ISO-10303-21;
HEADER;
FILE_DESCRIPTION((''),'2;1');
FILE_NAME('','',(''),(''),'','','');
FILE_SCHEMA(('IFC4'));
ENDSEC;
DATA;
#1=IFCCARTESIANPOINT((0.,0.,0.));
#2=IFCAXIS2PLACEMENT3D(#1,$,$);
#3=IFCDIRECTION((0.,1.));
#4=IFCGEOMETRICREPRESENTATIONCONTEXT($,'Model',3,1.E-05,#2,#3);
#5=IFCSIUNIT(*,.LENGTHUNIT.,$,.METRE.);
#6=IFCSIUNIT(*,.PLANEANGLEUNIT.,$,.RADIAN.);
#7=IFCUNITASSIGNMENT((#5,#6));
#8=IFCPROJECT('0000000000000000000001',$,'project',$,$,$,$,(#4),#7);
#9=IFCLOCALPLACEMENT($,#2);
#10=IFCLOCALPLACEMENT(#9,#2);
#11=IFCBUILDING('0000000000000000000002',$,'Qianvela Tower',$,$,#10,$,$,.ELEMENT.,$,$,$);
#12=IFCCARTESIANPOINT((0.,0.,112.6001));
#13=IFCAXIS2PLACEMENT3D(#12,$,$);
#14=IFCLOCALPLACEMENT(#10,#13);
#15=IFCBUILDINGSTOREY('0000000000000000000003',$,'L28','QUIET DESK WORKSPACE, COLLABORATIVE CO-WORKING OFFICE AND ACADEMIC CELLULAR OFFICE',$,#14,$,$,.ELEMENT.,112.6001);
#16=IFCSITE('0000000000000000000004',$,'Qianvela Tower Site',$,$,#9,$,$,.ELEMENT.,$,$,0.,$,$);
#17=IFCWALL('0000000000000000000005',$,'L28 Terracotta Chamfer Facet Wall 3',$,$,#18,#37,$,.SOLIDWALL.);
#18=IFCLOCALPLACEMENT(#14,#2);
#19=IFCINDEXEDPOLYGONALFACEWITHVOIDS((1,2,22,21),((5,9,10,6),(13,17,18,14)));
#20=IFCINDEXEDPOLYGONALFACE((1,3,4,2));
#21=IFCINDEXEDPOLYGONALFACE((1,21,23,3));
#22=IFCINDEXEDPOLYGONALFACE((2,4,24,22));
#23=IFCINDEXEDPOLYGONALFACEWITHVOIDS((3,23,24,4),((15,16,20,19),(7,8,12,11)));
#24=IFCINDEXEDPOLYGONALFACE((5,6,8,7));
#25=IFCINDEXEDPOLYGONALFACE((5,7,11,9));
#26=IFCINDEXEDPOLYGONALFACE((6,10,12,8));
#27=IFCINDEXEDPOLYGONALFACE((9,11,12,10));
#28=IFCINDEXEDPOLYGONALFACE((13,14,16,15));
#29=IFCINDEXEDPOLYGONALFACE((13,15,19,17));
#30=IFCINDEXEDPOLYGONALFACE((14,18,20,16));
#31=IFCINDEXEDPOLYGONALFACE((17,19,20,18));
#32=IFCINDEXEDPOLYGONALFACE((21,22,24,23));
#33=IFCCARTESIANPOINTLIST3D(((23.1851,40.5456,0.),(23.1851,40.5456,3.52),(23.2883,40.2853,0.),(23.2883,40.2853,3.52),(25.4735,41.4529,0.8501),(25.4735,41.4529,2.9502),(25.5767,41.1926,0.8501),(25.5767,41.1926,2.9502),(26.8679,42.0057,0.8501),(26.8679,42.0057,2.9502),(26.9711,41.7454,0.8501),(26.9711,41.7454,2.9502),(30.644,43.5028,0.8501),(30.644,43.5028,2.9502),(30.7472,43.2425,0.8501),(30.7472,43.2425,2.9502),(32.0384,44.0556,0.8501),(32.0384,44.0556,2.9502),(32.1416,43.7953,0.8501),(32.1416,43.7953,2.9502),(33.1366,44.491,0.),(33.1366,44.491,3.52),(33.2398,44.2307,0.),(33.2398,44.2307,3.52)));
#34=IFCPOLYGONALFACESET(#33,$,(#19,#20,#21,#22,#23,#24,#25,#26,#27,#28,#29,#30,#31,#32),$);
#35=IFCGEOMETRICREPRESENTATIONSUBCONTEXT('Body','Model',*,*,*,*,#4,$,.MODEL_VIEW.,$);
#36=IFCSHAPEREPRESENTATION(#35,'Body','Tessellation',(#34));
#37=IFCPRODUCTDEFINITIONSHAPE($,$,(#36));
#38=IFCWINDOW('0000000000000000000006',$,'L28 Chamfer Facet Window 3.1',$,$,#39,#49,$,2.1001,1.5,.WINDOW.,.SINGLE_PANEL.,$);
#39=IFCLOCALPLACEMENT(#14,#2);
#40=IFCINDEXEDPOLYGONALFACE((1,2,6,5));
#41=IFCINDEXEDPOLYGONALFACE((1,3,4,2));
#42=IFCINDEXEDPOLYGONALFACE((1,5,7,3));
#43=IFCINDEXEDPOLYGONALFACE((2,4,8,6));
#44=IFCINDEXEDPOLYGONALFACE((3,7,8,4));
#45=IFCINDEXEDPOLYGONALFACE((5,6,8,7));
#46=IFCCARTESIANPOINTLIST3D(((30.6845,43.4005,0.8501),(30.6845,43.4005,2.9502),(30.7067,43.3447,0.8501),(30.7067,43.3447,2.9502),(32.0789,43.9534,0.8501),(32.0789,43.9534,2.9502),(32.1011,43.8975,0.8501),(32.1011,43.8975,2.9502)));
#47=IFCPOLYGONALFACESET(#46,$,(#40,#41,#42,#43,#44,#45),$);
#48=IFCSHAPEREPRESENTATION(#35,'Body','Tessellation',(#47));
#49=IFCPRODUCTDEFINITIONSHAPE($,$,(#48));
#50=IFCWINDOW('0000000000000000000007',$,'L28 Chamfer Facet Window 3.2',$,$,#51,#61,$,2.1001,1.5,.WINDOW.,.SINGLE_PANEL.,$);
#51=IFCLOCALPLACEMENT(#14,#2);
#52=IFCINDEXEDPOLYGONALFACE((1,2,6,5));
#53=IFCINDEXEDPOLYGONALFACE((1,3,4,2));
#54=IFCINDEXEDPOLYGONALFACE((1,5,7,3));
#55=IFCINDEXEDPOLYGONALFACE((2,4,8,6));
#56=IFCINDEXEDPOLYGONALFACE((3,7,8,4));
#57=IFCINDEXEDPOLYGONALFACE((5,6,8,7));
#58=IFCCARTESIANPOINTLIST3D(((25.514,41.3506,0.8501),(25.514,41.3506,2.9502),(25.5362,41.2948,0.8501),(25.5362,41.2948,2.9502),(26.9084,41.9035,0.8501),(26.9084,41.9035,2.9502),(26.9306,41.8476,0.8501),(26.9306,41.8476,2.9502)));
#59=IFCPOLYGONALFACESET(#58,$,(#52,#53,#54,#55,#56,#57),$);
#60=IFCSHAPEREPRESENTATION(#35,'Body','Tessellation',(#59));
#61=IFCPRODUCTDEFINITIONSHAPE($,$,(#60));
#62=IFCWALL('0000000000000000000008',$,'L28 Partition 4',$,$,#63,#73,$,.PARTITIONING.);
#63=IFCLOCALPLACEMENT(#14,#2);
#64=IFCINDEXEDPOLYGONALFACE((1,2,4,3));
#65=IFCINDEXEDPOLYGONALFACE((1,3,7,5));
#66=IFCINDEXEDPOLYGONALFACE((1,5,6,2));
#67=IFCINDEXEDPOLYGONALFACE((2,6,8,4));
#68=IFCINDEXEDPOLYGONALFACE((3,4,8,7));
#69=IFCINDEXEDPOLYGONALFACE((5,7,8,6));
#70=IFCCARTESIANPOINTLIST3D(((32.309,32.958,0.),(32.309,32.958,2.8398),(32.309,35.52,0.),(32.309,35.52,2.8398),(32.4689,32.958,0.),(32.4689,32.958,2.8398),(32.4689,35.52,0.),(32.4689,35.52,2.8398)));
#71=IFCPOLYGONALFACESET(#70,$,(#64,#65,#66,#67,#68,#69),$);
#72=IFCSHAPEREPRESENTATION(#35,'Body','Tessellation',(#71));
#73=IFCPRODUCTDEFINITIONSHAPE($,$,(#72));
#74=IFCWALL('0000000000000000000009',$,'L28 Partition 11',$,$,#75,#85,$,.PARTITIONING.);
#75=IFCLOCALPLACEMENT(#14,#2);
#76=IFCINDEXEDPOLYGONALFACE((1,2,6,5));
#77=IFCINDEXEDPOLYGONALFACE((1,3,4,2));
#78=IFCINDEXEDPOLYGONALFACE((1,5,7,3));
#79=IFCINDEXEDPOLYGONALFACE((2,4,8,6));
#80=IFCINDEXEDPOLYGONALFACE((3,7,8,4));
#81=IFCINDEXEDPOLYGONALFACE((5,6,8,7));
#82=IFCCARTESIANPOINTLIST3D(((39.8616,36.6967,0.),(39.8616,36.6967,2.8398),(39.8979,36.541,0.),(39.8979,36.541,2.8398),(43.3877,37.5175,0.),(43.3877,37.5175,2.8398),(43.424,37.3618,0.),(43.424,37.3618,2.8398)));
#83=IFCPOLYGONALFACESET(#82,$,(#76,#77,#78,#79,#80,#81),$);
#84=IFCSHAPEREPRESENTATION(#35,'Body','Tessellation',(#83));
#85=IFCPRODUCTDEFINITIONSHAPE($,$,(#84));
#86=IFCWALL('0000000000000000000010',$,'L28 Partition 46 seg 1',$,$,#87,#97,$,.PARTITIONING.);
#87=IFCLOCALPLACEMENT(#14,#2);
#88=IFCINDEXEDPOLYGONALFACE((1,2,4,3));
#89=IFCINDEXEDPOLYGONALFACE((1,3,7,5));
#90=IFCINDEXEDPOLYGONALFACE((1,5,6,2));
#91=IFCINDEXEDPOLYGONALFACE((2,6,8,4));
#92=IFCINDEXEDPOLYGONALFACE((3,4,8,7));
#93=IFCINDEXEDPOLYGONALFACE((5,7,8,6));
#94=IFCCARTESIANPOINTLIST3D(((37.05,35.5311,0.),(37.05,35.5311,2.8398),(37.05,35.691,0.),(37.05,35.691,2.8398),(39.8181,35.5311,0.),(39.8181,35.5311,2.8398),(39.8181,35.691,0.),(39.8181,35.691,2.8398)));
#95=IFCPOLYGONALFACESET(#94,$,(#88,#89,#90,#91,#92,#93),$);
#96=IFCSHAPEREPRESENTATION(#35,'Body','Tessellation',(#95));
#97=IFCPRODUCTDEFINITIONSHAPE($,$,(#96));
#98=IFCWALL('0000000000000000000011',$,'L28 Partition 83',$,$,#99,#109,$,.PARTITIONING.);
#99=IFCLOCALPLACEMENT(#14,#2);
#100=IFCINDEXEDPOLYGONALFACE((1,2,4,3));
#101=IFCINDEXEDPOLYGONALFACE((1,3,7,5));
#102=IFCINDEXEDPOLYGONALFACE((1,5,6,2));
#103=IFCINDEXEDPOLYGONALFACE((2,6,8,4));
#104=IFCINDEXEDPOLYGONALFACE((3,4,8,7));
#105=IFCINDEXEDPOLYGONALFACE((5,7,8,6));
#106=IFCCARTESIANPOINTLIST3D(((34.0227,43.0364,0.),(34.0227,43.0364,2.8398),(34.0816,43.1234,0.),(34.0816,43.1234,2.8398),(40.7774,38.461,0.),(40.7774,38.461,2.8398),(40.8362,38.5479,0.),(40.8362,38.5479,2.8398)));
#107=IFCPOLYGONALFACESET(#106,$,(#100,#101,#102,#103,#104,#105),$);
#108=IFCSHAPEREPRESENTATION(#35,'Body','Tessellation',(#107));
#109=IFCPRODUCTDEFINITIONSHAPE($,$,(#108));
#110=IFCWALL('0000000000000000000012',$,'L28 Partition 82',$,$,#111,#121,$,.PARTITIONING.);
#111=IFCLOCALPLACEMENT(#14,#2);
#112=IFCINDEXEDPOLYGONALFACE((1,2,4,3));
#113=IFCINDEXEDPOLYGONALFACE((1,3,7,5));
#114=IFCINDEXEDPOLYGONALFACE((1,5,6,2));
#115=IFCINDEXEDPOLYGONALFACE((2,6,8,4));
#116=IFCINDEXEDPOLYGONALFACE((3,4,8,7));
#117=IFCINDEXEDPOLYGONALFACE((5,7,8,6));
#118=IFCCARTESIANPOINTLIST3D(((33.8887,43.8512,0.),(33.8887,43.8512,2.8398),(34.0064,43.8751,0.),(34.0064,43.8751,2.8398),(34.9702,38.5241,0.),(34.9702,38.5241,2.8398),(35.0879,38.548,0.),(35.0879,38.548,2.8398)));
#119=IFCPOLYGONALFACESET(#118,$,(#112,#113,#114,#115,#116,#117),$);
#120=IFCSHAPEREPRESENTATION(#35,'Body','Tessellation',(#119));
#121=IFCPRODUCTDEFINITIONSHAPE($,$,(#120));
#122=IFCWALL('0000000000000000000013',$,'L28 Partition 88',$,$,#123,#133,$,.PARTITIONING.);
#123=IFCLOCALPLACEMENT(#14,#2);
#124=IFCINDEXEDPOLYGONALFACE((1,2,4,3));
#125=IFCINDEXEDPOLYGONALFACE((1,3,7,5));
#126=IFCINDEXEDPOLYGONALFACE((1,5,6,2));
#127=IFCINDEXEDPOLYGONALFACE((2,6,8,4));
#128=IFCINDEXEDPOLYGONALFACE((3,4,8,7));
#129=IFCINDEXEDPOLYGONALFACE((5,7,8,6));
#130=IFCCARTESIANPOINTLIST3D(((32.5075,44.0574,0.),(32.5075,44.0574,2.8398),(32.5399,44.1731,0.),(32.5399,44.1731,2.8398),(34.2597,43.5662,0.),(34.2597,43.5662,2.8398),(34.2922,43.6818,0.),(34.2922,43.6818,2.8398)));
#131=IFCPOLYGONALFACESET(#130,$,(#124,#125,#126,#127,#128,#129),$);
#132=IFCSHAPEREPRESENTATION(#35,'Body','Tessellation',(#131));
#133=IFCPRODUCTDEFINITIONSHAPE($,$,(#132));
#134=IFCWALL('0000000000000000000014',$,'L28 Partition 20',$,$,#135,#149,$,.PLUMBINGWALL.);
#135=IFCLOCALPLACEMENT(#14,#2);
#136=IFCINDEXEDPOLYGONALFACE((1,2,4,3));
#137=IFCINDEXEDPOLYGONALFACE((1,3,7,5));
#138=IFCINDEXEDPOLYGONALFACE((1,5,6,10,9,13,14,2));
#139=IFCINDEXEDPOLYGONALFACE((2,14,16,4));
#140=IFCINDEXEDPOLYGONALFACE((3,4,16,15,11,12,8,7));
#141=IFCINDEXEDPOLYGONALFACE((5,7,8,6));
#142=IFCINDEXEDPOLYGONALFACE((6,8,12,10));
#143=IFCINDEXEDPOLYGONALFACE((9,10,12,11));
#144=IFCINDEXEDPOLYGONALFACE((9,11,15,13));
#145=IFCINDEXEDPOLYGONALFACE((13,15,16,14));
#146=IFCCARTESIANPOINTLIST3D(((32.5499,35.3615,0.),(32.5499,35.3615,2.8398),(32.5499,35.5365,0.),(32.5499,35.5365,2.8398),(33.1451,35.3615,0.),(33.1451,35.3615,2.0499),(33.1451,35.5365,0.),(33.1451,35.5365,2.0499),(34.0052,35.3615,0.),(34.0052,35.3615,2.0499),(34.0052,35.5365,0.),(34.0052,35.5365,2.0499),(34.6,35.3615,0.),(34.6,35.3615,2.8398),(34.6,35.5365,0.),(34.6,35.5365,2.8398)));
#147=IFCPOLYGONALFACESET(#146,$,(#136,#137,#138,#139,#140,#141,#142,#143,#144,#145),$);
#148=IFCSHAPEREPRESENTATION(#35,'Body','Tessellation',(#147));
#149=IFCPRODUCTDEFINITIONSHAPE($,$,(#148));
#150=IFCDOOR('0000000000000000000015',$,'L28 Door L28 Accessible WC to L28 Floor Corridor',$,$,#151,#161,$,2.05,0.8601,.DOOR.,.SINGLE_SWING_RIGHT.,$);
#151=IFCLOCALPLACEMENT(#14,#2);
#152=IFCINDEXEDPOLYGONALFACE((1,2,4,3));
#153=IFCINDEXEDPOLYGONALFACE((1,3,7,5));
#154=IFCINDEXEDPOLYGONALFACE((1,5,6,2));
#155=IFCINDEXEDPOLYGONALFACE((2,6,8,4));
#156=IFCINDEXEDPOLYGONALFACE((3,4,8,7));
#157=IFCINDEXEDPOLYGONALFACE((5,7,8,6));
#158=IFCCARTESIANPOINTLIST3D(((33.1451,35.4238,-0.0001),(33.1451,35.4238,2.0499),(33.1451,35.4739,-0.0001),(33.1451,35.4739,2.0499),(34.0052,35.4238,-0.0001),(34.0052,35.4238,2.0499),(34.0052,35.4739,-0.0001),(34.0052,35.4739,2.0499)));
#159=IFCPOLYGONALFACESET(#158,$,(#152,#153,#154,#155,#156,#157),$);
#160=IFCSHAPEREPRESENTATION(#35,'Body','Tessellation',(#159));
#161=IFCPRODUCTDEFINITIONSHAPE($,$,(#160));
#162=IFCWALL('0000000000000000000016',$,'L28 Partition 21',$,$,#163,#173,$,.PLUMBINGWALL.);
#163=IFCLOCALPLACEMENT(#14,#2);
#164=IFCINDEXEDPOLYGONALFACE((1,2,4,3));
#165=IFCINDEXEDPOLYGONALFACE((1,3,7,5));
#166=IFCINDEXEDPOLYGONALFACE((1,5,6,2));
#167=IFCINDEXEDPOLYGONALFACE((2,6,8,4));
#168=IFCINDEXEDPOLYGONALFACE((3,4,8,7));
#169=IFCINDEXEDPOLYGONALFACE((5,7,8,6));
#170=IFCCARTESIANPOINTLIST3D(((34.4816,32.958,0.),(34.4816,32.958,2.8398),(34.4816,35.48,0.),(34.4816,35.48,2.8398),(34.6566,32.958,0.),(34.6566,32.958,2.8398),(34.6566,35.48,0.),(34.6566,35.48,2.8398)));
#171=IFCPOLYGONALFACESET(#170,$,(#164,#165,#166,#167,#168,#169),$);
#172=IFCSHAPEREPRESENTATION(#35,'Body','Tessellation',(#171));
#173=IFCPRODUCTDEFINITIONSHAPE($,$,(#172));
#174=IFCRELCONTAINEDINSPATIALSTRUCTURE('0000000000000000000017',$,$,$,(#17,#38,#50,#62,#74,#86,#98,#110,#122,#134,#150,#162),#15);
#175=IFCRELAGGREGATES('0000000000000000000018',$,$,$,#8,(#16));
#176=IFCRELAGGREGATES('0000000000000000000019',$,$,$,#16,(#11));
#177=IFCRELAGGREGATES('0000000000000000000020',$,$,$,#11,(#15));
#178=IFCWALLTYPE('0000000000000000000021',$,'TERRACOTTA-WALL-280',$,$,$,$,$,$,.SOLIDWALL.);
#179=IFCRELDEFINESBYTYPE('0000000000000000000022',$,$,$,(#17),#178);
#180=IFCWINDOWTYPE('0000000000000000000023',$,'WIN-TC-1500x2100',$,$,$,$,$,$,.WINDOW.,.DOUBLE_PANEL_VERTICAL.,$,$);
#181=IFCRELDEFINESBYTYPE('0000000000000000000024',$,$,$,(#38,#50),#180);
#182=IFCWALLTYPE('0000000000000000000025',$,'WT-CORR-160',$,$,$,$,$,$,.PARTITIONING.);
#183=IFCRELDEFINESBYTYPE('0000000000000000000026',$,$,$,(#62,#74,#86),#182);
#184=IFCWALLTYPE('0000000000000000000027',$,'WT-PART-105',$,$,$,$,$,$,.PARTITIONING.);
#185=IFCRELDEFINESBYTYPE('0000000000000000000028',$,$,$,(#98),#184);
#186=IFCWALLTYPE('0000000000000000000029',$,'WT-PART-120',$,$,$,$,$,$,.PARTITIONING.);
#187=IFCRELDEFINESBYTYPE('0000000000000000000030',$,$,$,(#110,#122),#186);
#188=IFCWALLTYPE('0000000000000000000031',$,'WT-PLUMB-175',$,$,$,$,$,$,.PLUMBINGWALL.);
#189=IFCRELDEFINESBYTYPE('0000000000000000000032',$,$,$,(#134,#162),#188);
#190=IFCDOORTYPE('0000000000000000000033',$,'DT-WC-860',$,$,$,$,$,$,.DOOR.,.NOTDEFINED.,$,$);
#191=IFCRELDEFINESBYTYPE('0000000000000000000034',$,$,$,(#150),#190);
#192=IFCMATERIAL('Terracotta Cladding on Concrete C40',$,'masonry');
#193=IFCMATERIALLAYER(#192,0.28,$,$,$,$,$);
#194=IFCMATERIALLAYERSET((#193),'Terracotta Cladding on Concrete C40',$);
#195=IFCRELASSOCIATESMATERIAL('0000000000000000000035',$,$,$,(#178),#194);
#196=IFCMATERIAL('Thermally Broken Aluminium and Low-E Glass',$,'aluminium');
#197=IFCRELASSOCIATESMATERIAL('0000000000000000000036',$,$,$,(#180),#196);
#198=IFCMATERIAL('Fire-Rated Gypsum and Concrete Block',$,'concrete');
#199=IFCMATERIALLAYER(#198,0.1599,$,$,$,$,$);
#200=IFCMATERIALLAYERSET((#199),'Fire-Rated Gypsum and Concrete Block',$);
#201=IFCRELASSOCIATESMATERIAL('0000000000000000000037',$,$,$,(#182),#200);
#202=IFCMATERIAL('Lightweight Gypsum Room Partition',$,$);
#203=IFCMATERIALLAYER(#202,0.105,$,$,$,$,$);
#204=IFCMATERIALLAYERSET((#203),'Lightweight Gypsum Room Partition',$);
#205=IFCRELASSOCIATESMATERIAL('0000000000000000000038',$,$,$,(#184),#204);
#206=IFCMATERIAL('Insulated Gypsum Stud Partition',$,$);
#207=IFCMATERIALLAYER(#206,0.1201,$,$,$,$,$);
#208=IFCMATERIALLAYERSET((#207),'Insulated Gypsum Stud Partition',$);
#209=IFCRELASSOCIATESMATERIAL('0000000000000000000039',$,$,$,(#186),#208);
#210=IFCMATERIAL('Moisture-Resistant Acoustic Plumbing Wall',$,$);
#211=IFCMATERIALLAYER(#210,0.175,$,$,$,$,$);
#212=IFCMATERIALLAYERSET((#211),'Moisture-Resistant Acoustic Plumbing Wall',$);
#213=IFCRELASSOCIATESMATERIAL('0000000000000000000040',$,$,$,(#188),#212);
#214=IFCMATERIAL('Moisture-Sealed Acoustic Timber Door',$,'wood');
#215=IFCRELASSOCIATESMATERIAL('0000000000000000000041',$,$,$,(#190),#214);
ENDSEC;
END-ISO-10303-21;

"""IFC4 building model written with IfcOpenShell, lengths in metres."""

from ifc_helpers import new_model, si_unit, direction, frame, frame_2d, origin, place, context, subcontext, project, spatial, rectangle, extrude, material, layer, layer_set, type_object, element, fill, save


model = new_model("IFC4")

# Units and contexts
model_context = context("Model", 3, precision=1e-05, world=origin(), true_north=direction((0.0, 1.0)))
body_context = subcontext(model_context, "Body", "Model", "MODEL_VIEW")
ifc_project = project(units=[si_unit("LENGTHUNIT", "METRE"), si_unit("PLANEANGLEUNIT", "RADIAN")], contexts=[model_context])

# Site, building, storey
site_placement = place(None, origin())
site = spatial("IfcSite", under=ifc_project, at=site_placement, Name="Qianvela Tower Site", CompositionType="ELEMENT", RefElevation=0.0)
building_placement = place(site_placement, origin())
building = spatial("IfcBuilding", under=site, at=building_placement, Name="Qianvela Tower", CompositionType="ELEMENT")
storey_placement = place(building_placement, frame((0.0, 0.0, 112.6001)))
storey = spatial("IfcBuildingStorey", under=building, at=storey_placement, Name="L28", Description="QUIET DESK WORKSPACE, COLLABORATIVE CO-WORKING OFFICE AND ACADEMIC CELLULAR OFFICE", CompositionType="ELEMENT", Elevation=112.6001)

# Wall, openings, windows
ifc_material_1 = material(Name="Terracotta Cladding on Concrete C40", Category="masonry")
ifc_layer_1 = layer(ifc_material_1, 0.28)
ifc_layer_set_1 = layer_set([ifc_layer_1], Name="Terracotta Cladding on Concrete C40")
wall_type_1 = type_object("IfcWallType", Name="TERRACOTTA-WALL-280", PredefinedType="SOLIDWALL", material=ifc_layer_set_1)
wall_1_placement = place(storey_placement, frame((33.1882, 44.3608, 0.0), z_axis=(0.0, 0.0, 1.0), x_axis=(-0.929608, -0.36855, 0.0)))
wall_1 = element("IfcWall", 1, at=wall_1_placement, inside=storey, type_object=wall_type_1, Name="L28 Terracotta Chamfer Facet Wall 3", PredefinedType="SOLIDWALL", context=body_context, shape_type="SweptSolid", body=[
    extrude(rectangle(XDim=10.7051, YDim=0.28, at=frame_2d((5.3525, 0.0))), origin(), (0.0, 0.0, 1.0), 3.52),
])
opening_1_placement = place(wall_1_placement, frame((1.1814, 0.0, 0.8501)))
opening_1 = element("IfcOpeningElement", 2, at=opening_1_placement, cuts=wall_1, PredefinedType="OPENING", context=body_context, shape_type="SweptSolid", body=[
    extrude(rectangle(XDim=1.5, YDim=2.1001, at=frame_2d((0.75, 1.05))), frame((0.0, 0.1499, 0.0), z_axis=(0.0, -1.0, 0.0), x_axis=(1.0, 0.0, 0.0)), (0.0, 0.0, 1.0), 0.3),
])
opening_2_placement = place(wall_1_placement, frame((6.7434, 0.0, 0.8501)))
opening_2 = element("IfcOpeningElement", 3, at=opening_2_placement, cuts=wall_1, PredefinedType="OPENING", context=body_context, shape_type="SweptSolid", body=[
    extrude(rectangle(XDim=1.5, YDim=2.1001, at=frame_2d((0.75, 1.05))), frame((0.0, 0.1499, 0.0), z_axis=(0.0, -1.0, 0.0), x_axis=(1.0, 0.0, 0.0)), (0.0, 0.0, 1.0), 0.3),
])
ifc_material_2 = material(Name="Thermally Broken Aluminium and Low-E Glass", Category="aluminium")
window_type = type_object("IfcWindowType", Name="WIN-TC-1500x2100", PartitioningType="DOUBLE_PANEL_VERTICAL", PredefinedType="WINDOW", material=ifc_material_2)
window_1_placement = place(opening_1_placement, origin())
window_1 = element("IfcWindow", 4, at=window_1_placement, inside=storey, type_object=window_type, Name="L28 Chamfer Facet Window 3.1", OverallHeight=2.1001, OverallWidth=1.5, PartitioningType="SINGLE_PANEL", PredefinedType="WINDOW", context=body_context, shape_type="SweptSolid", body=[
    extrude(rectangle(XDim=1.5, YDim=2.1001, at=frame_2d((0.75, 1.05))), frame((0.0, 0.03, 0.0), z_axis=(0.0, -1.0, 0.0), x_axis=(1.0, 0.0, 0.0)), (0.0, 0.0, 1.0), 0.0601),
])
fill(opening_1, window_1)
window_2_placement = place(opening_2_placement, origin())
window_2 = element("IfcWindow", 5, at=window_2_placement, inside=storey, type_object=window_type, Name="L28 Chamfer Facet Window 3.2", OverallHeight=2.1001, OverallWidth=1.5, PartitioningType="SINGLE_PANEL", PredefinedType="WINDOW", context=body_context, shape_type="SweptSolid", body=[
    extrude(rectangle(XDim=1.5, YDim=2.1001, at=frame_2d((0.75, 1.05))), frame((0.0, 0.03, 0.0), z_axis=(0.0, -1.0, 0.0), x_axis=(1.0, 0.0, 0.0)), (0.0, 0.0, 1.0), 0.0601),
])
fill(opening_2, window_2)

# Walls
ifc_material_3 = material(Name="Fire-Rated Gypsum and Concrete Block", Category="concrete")
ifc_layer_2 = layer(ifc_material_3, 0.1599)
ifc_layer_set_2 = layer_set([ifc_layer_2], Name="Fire-Rated Gypsum and Concrete Block")
wall_type_2 = type_object("IfcWallType", Name="WT-CORR-160", PredefinedType="PARTITIONING", material=ifc_layer_set_2)
wall_2_placement = place(storey_placement, frame((32.3889, 35.52, 0.0), z_axis=(0.0, 0.0, 1.0), x_axis=(0.0, -1.0, 0.0)))
element("IfcWall", 6, at=wall_2_placement, inside=storey, type_object=wall_type_2, Name="L28 Partition 4", PredefinedType="PARTITIONING", context=body_context, shape_type="SweptSolid", body=[
    extrude(rectangle(XDim=2.562, YDim=0.1599, at=frame_2d((1.281, 0.0))), origin(), (0.0, 0.0, 1.0), 2.8398),
])
wall_3_placement = place(storey_placement, frame((39.8799, 36.6189, 0.0), z_axis=(0.0, 0.0, 1.0), x_axis=(0.973961, 0.226716, 0.0)))
element("IfcWall", 7, at=wall_3_placement, inside=storey, type_object=wall_type_2, Name="L28 Partition 11", PredefinedType="PARTITIONING", context=body_context, shape_type="SweptSolid", body=[
    extrude(rectangle(XDim=3.6204, YDim=0.1599, at=frame_2d((1.8101, 0.0))), origin(), (0.0, 0.0, 1.0), 2.8398),
])
wall_4_placement = place(storey_placement, frame((39.8181, 35.6111, 0.0), z_axis=(0.0, 0.0, 1.0), x_axis=(-1.0, 0.0, 0.0)))
element("IfcWall", 8, at=wall_4_placement, inside=storey, type_object=wall_type_2, Name="L28 Partition 46 seg 1", PredefinedType="PARTITIONING", context=body_context, shape_type="SweptSolid", body=[
    extrude(rectangle(XDim=2.7681, YDim=0.1599, at=frame_2d((1.384, 0.0))), origin(), (0.0, 0.0, 1.0), 2.8398),
])
ifc_material_4 = material(Name="Lightweight Gypsum Room Partition")
ifc_layer_3 = layer(ifc_material_4, 0.105)
ifc_layer_set_3 = layer_set([ifc_layer_3], Name="Lightweight Gypsum Room Partition")
wall_type_3 = type_object("IfcWallType", Name="WT-PART-105", PredefinedType="PARTITIONING", material=ifc_layer_set_3)
wall_5_placement = place(storey_placement, frame((34.0522, 43.0798, 0.0), z_axis=(0.0, 0.0, 1.0), x_axis=(0.827935, -0.560824, 0.0)))
element("IfcWall", 9, at=wall_5_placement, inside=storey, type_object=wall_type_3, Name="L28 Partition 83", PredefinedType="PARTITIONING", context=body_context, shape_type="SweptSolid", body=[
    extrude(rectangle(XDim=8.1584, YDim=0.105, at=frame_2d((4.0791, 0.0))), origin(), (0.0, 0.0, 1.0), 2.8398),
])
ifc_material_5 = material(Name="Insulated Gypsum Stud Partition")
ifc_layer_4 = layer(ifc_material_5, 0.1201)
ifc_layer_set_4 = layer_set([ifc_layer_4], Name="Insulated Gypsum Stud Partition")
wall_type_4 = type_object("IfcWallType", Name="WT-PART-120", PredefinedType="PARTITIONING", material=ifc_layer_set_4)
wall_6_placement = place(storey_placement, frame((35.0291, 38.5361, 0.0), z_axis=(0.0, 0.0, 1.0), x_axis=(-0.198966, 0.980006, 0.0)))
element("IfcWall", 10, at=wall_6_placement, inside=storey, type_object=wall_type_4, Name="L28 Partition 82", PredefinedType="PARTITIONING", context=body_context, shape_type="SweptSolid", body=[
    extrude(rectangle(XDim=5.4358, YDim=0.1201, at=frame_2d((2.7178, 0.0))), origin(), (0.0, 0.0, 1.0), 2.8398),
])
wall_7_placement = place(storey_placement, frame((32.5237, 44.1152, 0.0), z_axis=(0.0, 0.0, 1.0), x_axis=(0.962879, -0.269933, 0.0)))
element("IfcWall", 11, at=wall_7_placement, inside=storey, type_object=wall_type_4, Name="L28 Partition 88", PredefinedType="PARTITIONING", context=body_context, shape_type="SweptSolid", body=[
    extrude(rectangle(XDim=1.8198, YDim=0.1201, at=frame_2d((0.9099, 0.0))), origin(), (0.0, 0.0, 1.0), 2.8398),
])

# Wall, opening, door
ifc_material_6 = material(Name="Moisture-Resistant Acoustic Plumbing Wall")
ifc_layer_5 = layer(ifc_material_6, 0.175)
ifc_layer_set_5 = layer_set([ifc_layer_5], Name="Moisture-Resistant Acoustic Plumbing Wall")
wall_type_5 = type_object("IfcWallType", Name="WT-PLUMB-175", PredefinedType="PLUMBINGWALL", material=ifc_layer_set_5)
wall_8_placement = place(storey_placement, frame((32.55, 35.449, 0.0), z_axis=(0.0, 0.0, 1.0), x_axis=(1.0, 0.0, 0.0)))
wall_8 = element("IfcWall", 12, at=wall_8_placement, inside=storey, type_object=wall_type_5, Name="L28 Partition 20", PredefinedType="PLUMBINGWALL", context=body_context, shape_type="SweptSolid", body=[
    extrude(rectangle(XDim=2.05, YDim=0.175, at=frame_2d((1.0249, 0.0))), origin(), (0.0, 0.0, 1.0), 2.8398),
])
opening_3_placement = place(wall_8_placement, frame((0.595, 0.0, 0.0)))
opening_3 = element("IfcOpeningElement", 13, at=opening_3_placement, cuts=wall_8, PredefinedType="OPENING", context=body_context, shape_type="SweptSolid", body=[
    extrude(rectangle(XDim=0.8601, YDim=2.05, at=frame_2d((0.4302, 1.0249))), frame((0.0, 0.0974, 0.0), z_axis=(0.0, -1.0, 0.0), x_axis=(1.0, 0.0, 0.0)), (0.0, 0.0, 1.0), 0.1951),
])
ifc_material_7 = material(Name="Moisture-Sealed Acoustic Timber Door", Category="wood")
door_type_1 = type_object("IfcDoorType", Name="DT-WC-860", OperationType="NOTDEFINED", PredefinedType="DOOR", material=ifc_material_7)
door_1_placement = place(opening_3_placement, origin())
door_1 = element("IfcDoor", 14, at=door_1_placement, inside=storey, type_object=door_type_1, Name="L28 Door L28 Accessible WC to L28 Floor Corridor", OperationType="SINGLE_SWING_RIGHT", OverallHeight=2.05, OverallWidth=0.8601, PredefinedType="DOOR", context=body_context, shape_type="SweptSolid", body=[
    extrude(rectangle(XDim=0.8601, YDim=2.05, at=frame_2d((0.4302, 1.0249))), frame((0.0, 0.0249, 0.0), z_axis=(0.0, -1.0, 0.0), x_axis=(1.0, 0.0, 0.0)), (0.0, 0.0, 1.0), 0.05),
])
fill(opening_3, door_1)

# Wall
wall_9_placement = place(storey_placement, frame((34.5691, 35.48, 0.0), z_axis=(0.0, 0.0, 1.0), x_axis=(0.0, -1.0, 0.0)))
element("IfcWall", 15, at=wall_9_placement, inside=storey, type_object=wall_type_5, Name="L28 Partition 21", PredefinedType="PLUMBINGWALL", context=body_context, shape_type="SweptSolid", body=[
    extrude(rectangle(XDim=2.522, YDim=0.175, at=frame_2d((1.261, 0.0))), origin(), (0.0, 0.0, 1.0), 2.8398),
])

save(model, "model.ifc")
